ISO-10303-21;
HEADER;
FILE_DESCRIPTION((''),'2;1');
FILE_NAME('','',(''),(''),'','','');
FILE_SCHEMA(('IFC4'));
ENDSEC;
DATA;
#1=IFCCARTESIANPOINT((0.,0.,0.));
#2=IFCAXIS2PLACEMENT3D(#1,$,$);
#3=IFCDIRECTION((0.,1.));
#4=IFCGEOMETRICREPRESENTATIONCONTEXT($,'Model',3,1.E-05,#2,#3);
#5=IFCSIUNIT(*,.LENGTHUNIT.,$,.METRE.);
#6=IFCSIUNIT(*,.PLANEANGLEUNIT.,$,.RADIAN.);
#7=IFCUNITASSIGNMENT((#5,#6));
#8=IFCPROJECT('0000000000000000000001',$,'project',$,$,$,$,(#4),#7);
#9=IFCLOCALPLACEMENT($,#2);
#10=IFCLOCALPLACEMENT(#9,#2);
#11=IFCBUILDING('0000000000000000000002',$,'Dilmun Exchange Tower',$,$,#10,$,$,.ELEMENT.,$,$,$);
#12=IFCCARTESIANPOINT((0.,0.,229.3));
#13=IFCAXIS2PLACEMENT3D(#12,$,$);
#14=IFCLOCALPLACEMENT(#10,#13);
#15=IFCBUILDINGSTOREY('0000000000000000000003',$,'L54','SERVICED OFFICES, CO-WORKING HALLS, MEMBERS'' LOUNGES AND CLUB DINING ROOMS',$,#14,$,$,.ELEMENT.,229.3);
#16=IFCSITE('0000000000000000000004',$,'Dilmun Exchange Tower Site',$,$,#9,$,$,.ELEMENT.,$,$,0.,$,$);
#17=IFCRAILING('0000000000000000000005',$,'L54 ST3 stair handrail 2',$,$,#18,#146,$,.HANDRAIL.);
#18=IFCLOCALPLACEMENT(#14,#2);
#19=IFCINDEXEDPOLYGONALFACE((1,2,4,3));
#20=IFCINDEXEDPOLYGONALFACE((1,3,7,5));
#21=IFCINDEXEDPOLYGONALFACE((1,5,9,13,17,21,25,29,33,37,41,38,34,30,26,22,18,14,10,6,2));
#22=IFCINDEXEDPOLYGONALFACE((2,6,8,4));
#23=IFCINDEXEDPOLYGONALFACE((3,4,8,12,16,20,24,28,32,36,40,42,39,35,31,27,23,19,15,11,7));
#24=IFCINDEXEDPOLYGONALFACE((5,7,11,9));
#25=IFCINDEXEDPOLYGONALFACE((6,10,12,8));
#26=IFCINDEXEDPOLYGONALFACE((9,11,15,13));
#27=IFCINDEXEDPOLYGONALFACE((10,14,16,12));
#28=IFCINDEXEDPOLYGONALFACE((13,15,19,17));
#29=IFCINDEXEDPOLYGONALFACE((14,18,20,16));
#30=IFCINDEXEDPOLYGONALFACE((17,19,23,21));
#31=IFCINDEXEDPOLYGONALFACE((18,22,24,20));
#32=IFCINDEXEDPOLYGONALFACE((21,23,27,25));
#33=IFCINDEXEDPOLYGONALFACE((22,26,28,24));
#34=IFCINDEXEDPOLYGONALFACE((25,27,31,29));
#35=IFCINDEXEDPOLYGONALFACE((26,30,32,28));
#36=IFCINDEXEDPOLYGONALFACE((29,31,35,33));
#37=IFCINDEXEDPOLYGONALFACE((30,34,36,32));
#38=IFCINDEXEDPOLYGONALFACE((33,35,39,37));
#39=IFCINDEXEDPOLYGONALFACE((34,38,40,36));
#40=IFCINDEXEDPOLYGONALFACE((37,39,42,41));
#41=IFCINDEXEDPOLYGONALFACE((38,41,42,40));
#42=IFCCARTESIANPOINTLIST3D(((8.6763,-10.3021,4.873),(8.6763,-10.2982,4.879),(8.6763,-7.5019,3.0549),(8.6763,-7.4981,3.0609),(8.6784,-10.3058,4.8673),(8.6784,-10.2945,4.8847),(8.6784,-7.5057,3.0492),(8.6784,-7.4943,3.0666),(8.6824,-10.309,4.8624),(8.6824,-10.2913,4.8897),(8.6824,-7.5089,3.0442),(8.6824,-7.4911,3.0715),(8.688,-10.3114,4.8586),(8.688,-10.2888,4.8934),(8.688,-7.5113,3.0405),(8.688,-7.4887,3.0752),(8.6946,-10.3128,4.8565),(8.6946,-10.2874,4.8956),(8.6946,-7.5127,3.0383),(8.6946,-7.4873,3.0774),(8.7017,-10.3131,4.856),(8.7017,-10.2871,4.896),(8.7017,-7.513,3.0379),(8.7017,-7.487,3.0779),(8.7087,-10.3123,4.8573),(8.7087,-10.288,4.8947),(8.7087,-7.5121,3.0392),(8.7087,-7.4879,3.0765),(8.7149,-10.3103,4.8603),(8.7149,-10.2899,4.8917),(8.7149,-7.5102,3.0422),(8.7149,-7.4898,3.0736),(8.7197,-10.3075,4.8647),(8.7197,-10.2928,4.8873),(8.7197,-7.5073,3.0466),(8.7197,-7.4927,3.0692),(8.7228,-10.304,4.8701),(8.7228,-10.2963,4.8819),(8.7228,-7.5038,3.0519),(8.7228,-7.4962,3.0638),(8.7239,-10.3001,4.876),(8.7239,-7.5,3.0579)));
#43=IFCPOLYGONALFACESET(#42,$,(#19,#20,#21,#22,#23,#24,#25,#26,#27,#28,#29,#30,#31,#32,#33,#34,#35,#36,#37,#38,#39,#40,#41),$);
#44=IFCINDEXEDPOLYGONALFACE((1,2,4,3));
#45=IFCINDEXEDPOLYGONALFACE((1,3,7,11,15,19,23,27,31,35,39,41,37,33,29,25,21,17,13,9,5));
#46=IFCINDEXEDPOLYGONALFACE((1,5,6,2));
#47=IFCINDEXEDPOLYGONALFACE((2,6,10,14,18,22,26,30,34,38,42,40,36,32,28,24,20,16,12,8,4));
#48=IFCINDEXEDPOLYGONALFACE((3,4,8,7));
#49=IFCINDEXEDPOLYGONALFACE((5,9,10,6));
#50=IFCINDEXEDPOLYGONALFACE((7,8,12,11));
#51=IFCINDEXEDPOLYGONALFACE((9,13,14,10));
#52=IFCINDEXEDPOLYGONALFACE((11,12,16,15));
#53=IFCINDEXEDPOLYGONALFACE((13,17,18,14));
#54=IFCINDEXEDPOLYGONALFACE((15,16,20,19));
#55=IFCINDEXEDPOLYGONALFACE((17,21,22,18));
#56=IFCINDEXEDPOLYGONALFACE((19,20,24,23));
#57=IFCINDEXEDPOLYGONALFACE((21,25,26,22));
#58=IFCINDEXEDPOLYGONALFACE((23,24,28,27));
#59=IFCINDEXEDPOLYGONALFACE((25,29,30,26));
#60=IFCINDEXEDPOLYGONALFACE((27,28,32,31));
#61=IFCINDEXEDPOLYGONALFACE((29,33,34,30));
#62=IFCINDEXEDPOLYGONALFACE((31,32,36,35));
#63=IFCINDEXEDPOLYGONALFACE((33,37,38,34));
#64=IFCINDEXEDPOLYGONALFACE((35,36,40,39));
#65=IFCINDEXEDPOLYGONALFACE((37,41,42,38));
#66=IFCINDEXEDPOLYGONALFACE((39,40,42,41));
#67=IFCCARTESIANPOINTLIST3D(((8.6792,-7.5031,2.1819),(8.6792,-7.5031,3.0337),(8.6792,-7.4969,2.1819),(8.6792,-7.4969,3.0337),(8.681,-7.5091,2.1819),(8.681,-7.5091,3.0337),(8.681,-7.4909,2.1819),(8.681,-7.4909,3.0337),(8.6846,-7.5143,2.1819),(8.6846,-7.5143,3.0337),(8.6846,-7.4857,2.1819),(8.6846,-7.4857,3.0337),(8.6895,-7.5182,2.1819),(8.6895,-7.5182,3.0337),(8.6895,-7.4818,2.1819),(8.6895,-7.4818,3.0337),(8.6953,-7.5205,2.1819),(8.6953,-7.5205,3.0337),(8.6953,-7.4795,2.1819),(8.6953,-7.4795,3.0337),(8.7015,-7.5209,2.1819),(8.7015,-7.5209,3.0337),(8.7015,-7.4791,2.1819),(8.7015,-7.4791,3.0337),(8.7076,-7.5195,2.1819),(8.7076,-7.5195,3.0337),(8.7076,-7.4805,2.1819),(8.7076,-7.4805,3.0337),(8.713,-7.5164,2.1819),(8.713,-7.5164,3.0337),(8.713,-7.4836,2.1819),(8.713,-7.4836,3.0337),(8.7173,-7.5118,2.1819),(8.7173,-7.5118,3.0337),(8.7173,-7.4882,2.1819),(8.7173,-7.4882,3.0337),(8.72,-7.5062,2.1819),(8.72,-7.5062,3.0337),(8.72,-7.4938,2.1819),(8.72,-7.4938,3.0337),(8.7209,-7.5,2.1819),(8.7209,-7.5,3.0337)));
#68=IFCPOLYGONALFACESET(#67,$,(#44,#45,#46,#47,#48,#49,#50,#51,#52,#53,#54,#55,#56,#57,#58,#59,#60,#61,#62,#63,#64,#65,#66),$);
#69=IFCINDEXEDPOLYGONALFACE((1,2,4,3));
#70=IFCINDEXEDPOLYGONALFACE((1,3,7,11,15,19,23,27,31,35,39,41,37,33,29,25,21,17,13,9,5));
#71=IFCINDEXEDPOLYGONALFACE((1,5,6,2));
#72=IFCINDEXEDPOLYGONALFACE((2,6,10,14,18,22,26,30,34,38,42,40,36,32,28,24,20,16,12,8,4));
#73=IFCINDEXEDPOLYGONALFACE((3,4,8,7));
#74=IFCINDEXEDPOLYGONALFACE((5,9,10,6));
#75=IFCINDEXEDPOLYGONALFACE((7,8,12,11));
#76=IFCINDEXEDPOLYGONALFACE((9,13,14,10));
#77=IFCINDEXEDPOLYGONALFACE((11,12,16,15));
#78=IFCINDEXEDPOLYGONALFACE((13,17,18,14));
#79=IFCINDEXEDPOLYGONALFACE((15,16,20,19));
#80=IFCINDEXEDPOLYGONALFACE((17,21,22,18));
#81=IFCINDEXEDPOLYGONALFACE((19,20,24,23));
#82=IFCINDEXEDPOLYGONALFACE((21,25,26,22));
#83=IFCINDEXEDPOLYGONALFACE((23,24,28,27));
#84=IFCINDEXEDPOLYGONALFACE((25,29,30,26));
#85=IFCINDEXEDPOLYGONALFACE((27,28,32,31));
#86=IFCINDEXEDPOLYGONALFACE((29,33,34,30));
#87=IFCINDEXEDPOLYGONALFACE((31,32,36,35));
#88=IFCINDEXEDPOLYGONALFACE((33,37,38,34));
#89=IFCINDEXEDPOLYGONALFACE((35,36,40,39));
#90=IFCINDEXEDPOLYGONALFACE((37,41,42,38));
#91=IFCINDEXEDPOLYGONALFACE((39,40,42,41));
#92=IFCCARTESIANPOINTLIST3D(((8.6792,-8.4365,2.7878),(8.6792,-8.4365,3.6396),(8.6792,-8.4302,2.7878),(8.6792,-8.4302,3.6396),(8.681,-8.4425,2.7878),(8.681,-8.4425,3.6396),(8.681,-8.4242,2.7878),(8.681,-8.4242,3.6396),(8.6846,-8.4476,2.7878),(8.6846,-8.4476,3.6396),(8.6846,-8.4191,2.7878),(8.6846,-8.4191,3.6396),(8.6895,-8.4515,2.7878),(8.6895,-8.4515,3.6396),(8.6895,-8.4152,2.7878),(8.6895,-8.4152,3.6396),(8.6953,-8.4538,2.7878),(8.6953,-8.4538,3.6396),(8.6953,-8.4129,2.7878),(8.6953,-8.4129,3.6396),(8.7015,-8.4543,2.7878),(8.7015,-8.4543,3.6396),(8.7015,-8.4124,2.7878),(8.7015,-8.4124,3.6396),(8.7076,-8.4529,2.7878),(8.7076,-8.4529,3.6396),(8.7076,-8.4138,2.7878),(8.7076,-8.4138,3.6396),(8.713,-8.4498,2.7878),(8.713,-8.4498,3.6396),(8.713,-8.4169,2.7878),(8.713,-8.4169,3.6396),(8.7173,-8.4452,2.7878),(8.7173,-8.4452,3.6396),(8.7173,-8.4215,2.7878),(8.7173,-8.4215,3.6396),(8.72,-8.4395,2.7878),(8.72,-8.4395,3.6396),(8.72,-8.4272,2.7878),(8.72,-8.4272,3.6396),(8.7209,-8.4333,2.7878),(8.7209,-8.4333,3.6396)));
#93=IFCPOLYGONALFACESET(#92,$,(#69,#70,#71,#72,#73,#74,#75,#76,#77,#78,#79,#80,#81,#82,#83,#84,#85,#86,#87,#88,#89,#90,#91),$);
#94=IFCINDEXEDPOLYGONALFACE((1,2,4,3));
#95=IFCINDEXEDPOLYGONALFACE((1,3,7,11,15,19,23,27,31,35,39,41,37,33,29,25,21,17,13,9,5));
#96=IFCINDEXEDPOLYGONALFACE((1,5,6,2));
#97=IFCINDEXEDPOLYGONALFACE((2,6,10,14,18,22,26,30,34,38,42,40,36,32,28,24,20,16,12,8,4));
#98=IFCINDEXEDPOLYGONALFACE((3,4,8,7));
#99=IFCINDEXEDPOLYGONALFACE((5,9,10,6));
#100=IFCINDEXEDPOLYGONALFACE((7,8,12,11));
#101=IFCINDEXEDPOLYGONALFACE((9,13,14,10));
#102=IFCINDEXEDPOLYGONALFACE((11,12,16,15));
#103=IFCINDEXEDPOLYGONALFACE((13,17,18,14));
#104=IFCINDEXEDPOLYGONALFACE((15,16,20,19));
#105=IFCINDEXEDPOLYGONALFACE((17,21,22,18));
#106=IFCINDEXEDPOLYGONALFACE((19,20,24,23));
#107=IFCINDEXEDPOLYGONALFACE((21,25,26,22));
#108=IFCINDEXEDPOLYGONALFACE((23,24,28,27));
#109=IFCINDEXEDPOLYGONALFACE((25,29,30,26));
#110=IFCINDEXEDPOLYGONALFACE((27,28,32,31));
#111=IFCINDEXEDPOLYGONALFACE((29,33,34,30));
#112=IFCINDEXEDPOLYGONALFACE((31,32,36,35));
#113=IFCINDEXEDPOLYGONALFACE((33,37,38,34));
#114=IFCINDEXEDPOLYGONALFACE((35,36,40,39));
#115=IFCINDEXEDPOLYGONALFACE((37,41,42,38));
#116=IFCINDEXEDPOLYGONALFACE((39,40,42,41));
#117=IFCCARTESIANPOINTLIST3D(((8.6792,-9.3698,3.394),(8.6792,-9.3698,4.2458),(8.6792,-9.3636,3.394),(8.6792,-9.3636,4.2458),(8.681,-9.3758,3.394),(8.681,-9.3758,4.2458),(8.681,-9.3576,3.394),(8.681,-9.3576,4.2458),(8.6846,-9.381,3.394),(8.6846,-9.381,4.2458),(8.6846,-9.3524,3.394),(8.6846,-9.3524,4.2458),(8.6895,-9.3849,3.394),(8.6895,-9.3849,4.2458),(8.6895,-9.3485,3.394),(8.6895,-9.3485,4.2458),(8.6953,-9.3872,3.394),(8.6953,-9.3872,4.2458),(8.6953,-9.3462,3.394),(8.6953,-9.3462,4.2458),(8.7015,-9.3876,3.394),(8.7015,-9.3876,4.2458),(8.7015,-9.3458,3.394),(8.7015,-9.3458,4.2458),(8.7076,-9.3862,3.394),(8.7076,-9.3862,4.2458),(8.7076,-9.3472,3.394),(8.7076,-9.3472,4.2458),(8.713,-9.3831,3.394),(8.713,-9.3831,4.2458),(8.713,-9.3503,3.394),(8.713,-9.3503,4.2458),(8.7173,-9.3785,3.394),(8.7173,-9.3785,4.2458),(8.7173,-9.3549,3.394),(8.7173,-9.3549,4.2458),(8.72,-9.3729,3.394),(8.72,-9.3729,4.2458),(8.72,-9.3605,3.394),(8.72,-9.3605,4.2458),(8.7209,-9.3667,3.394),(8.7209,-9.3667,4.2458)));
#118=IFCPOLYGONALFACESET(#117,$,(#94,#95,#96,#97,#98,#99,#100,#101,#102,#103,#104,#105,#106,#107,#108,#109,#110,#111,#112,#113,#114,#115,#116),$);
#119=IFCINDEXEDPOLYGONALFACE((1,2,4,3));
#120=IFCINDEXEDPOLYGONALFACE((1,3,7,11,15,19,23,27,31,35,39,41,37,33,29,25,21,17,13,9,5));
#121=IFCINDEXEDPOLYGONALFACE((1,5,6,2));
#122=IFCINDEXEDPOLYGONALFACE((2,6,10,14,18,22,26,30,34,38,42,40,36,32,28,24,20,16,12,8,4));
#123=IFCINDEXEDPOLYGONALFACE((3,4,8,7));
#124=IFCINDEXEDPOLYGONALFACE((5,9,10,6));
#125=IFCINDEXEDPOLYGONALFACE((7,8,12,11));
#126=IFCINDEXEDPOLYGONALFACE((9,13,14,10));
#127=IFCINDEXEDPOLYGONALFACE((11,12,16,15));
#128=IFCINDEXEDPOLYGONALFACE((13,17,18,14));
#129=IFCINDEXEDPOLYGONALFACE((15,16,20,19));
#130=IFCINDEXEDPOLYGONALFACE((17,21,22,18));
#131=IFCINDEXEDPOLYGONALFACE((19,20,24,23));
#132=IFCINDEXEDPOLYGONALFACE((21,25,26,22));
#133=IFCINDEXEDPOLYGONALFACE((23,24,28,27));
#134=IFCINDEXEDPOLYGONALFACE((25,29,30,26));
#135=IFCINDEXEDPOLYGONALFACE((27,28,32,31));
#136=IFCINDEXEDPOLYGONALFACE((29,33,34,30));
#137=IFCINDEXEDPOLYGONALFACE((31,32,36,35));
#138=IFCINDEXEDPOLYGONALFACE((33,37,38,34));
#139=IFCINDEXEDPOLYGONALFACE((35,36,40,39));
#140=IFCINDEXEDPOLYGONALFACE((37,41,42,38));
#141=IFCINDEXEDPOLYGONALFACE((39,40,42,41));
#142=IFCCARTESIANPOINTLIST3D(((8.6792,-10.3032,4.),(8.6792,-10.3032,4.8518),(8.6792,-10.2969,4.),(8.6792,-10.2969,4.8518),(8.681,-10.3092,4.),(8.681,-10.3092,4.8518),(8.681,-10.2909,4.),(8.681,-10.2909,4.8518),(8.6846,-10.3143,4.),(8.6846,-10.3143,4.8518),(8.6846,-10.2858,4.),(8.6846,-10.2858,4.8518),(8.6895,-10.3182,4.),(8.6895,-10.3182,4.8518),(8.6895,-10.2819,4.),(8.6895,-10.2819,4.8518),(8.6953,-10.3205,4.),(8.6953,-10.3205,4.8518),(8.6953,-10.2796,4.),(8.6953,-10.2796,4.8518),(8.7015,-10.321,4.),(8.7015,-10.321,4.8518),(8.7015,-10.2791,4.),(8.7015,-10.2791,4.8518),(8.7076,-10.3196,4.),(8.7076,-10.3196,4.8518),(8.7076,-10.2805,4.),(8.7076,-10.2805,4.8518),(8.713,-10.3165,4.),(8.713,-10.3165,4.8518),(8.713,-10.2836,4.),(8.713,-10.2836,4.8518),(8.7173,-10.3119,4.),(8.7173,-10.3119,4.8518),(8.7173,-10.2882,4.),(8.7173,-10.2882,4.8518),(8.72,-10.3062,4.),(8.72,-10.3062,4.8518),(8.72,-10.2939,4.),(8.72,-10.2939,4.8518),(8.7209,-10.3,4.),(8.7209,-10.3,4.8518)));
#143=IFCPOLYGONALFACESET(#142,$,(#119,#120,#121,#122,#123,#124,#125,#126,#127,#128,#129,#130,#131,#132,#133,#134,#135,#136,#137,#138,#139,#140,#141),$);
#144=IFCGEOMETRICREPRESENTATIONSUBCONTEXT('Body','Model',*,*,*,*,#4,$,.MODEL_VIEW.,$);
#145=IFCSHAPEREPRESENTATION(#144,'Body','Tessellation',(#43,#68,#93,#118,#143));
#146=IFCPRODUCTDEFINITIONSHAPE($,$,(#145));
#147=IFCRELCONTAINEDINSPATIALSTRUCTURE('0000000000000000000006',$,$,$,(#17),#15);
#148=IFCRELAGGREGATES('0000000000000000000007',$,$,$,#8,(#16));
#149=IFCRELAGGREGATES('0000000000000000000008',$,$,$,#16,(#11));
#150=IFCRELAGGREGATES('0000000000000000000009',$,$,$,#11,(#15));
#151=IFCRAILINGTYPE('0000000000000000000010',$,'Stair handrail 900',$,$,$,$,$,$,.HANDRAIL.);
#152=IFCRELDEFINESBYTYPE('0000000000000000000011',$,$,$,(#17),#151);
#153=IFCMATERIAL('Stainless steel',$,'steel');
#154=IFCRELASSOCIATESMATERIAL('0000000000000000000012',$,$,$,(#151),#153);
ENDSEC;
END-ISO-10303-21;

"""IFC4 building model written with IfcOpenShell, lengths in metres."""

from ifc_helpers import new_model, si_unit, direction, frame, origin, origin_2d, place, context, subcontext, project, spatial, circle, extrude, material, type_object, element, save


model = new_model("IFC4")

# Units and contexts
model_context = context("Model", 3, precision=1e-05, world=origin(), true_north=direction((0.0, 1.0)))
body_context = subcontext(model_context, "Body", "Model", "MODEL_VIEW")
ifc_project = project(units=[si_unit("LENGTHUNIT", "METRE"), si_unit("PLANEANGLEUNIT", "RADIAN")], contexts=[model_context])

# Site, building, storey
site_placement = place(None, origin())
site = spatial("IfcSite", under=ifc_project, at=site_placement, Name="Dilmun Exchange Tower Site", CompositionType="ELEMENT", RefElevation=0.0)
building_placement = place(site_placement, origin())
building = spatial("IfcBuilding", under=site, at=building_placement, Name="Dilmun Exchange Tower", CompositionType="ELEMENT")
storey_placement = place(building_placement, frame((0.0, 0.0, 229.3)))
storey = spatial("IfcBuildingStorey", under=building, at=storey_placement, Name="L54", Description="SERVICED OFFICES, CO-WORKING HALLS, MEMBERS' LOUNGES AND CLUB DINING ROOMS", CompositionType="ELEMENT", Elevation=229.3)

# Railing
ifc_material_1 = material(Name="Stainless steel", Category="steel")
railing_type = type_object("IfcRailingType", Name="Stair handrail 900", PredefinedType="HANDRAIL", material=ifc_material_1)
railing_1_placement = place(storey_placement, frame((8.7, -7.5, 2.1819)))
element("IfcRailing", 1, at=railing_1_placement, inside=storey, type_object=railing_type, Name="L54 ST3 stair handrail 2", PredefinedType="HANDRAIL", context=body_context, shape_type="SweptSolid", body=[
    extrude(circle(Radius=0.0239, at=origin_2d()), frame((0.0, 0.0, 0.876), z_axis=(0.0, -0.838706, 0.544585), x_axis=(1.0, 0.0, 0.0)), (0.0, 0.0, 1.0), 3.3386),
    extrude(circle(Radius=0.021, at=origin_2d()), origin(), (0.0, 0.0, 1.0), 0.8518),
    extrude(circle(Radius=0.021, at=origin_2d()), frame((0.0, -0.9333, 0.606)), (0.0, 0.0, 1.0), 0.8518),
    extrude(circle(Radius=0.021, at=origin_2d()), frame((0.0, -1.8667, 1.2122)), (0.0, 0.0, 1.0), 0.8518),
    extrude(circle(Radius=0.021, at=origin_2d()), frame((0.0, -2.8, 1.8181)), (0.0, 0.0, 1.0), 0.8518),
])

save(model, "model.ifc")
